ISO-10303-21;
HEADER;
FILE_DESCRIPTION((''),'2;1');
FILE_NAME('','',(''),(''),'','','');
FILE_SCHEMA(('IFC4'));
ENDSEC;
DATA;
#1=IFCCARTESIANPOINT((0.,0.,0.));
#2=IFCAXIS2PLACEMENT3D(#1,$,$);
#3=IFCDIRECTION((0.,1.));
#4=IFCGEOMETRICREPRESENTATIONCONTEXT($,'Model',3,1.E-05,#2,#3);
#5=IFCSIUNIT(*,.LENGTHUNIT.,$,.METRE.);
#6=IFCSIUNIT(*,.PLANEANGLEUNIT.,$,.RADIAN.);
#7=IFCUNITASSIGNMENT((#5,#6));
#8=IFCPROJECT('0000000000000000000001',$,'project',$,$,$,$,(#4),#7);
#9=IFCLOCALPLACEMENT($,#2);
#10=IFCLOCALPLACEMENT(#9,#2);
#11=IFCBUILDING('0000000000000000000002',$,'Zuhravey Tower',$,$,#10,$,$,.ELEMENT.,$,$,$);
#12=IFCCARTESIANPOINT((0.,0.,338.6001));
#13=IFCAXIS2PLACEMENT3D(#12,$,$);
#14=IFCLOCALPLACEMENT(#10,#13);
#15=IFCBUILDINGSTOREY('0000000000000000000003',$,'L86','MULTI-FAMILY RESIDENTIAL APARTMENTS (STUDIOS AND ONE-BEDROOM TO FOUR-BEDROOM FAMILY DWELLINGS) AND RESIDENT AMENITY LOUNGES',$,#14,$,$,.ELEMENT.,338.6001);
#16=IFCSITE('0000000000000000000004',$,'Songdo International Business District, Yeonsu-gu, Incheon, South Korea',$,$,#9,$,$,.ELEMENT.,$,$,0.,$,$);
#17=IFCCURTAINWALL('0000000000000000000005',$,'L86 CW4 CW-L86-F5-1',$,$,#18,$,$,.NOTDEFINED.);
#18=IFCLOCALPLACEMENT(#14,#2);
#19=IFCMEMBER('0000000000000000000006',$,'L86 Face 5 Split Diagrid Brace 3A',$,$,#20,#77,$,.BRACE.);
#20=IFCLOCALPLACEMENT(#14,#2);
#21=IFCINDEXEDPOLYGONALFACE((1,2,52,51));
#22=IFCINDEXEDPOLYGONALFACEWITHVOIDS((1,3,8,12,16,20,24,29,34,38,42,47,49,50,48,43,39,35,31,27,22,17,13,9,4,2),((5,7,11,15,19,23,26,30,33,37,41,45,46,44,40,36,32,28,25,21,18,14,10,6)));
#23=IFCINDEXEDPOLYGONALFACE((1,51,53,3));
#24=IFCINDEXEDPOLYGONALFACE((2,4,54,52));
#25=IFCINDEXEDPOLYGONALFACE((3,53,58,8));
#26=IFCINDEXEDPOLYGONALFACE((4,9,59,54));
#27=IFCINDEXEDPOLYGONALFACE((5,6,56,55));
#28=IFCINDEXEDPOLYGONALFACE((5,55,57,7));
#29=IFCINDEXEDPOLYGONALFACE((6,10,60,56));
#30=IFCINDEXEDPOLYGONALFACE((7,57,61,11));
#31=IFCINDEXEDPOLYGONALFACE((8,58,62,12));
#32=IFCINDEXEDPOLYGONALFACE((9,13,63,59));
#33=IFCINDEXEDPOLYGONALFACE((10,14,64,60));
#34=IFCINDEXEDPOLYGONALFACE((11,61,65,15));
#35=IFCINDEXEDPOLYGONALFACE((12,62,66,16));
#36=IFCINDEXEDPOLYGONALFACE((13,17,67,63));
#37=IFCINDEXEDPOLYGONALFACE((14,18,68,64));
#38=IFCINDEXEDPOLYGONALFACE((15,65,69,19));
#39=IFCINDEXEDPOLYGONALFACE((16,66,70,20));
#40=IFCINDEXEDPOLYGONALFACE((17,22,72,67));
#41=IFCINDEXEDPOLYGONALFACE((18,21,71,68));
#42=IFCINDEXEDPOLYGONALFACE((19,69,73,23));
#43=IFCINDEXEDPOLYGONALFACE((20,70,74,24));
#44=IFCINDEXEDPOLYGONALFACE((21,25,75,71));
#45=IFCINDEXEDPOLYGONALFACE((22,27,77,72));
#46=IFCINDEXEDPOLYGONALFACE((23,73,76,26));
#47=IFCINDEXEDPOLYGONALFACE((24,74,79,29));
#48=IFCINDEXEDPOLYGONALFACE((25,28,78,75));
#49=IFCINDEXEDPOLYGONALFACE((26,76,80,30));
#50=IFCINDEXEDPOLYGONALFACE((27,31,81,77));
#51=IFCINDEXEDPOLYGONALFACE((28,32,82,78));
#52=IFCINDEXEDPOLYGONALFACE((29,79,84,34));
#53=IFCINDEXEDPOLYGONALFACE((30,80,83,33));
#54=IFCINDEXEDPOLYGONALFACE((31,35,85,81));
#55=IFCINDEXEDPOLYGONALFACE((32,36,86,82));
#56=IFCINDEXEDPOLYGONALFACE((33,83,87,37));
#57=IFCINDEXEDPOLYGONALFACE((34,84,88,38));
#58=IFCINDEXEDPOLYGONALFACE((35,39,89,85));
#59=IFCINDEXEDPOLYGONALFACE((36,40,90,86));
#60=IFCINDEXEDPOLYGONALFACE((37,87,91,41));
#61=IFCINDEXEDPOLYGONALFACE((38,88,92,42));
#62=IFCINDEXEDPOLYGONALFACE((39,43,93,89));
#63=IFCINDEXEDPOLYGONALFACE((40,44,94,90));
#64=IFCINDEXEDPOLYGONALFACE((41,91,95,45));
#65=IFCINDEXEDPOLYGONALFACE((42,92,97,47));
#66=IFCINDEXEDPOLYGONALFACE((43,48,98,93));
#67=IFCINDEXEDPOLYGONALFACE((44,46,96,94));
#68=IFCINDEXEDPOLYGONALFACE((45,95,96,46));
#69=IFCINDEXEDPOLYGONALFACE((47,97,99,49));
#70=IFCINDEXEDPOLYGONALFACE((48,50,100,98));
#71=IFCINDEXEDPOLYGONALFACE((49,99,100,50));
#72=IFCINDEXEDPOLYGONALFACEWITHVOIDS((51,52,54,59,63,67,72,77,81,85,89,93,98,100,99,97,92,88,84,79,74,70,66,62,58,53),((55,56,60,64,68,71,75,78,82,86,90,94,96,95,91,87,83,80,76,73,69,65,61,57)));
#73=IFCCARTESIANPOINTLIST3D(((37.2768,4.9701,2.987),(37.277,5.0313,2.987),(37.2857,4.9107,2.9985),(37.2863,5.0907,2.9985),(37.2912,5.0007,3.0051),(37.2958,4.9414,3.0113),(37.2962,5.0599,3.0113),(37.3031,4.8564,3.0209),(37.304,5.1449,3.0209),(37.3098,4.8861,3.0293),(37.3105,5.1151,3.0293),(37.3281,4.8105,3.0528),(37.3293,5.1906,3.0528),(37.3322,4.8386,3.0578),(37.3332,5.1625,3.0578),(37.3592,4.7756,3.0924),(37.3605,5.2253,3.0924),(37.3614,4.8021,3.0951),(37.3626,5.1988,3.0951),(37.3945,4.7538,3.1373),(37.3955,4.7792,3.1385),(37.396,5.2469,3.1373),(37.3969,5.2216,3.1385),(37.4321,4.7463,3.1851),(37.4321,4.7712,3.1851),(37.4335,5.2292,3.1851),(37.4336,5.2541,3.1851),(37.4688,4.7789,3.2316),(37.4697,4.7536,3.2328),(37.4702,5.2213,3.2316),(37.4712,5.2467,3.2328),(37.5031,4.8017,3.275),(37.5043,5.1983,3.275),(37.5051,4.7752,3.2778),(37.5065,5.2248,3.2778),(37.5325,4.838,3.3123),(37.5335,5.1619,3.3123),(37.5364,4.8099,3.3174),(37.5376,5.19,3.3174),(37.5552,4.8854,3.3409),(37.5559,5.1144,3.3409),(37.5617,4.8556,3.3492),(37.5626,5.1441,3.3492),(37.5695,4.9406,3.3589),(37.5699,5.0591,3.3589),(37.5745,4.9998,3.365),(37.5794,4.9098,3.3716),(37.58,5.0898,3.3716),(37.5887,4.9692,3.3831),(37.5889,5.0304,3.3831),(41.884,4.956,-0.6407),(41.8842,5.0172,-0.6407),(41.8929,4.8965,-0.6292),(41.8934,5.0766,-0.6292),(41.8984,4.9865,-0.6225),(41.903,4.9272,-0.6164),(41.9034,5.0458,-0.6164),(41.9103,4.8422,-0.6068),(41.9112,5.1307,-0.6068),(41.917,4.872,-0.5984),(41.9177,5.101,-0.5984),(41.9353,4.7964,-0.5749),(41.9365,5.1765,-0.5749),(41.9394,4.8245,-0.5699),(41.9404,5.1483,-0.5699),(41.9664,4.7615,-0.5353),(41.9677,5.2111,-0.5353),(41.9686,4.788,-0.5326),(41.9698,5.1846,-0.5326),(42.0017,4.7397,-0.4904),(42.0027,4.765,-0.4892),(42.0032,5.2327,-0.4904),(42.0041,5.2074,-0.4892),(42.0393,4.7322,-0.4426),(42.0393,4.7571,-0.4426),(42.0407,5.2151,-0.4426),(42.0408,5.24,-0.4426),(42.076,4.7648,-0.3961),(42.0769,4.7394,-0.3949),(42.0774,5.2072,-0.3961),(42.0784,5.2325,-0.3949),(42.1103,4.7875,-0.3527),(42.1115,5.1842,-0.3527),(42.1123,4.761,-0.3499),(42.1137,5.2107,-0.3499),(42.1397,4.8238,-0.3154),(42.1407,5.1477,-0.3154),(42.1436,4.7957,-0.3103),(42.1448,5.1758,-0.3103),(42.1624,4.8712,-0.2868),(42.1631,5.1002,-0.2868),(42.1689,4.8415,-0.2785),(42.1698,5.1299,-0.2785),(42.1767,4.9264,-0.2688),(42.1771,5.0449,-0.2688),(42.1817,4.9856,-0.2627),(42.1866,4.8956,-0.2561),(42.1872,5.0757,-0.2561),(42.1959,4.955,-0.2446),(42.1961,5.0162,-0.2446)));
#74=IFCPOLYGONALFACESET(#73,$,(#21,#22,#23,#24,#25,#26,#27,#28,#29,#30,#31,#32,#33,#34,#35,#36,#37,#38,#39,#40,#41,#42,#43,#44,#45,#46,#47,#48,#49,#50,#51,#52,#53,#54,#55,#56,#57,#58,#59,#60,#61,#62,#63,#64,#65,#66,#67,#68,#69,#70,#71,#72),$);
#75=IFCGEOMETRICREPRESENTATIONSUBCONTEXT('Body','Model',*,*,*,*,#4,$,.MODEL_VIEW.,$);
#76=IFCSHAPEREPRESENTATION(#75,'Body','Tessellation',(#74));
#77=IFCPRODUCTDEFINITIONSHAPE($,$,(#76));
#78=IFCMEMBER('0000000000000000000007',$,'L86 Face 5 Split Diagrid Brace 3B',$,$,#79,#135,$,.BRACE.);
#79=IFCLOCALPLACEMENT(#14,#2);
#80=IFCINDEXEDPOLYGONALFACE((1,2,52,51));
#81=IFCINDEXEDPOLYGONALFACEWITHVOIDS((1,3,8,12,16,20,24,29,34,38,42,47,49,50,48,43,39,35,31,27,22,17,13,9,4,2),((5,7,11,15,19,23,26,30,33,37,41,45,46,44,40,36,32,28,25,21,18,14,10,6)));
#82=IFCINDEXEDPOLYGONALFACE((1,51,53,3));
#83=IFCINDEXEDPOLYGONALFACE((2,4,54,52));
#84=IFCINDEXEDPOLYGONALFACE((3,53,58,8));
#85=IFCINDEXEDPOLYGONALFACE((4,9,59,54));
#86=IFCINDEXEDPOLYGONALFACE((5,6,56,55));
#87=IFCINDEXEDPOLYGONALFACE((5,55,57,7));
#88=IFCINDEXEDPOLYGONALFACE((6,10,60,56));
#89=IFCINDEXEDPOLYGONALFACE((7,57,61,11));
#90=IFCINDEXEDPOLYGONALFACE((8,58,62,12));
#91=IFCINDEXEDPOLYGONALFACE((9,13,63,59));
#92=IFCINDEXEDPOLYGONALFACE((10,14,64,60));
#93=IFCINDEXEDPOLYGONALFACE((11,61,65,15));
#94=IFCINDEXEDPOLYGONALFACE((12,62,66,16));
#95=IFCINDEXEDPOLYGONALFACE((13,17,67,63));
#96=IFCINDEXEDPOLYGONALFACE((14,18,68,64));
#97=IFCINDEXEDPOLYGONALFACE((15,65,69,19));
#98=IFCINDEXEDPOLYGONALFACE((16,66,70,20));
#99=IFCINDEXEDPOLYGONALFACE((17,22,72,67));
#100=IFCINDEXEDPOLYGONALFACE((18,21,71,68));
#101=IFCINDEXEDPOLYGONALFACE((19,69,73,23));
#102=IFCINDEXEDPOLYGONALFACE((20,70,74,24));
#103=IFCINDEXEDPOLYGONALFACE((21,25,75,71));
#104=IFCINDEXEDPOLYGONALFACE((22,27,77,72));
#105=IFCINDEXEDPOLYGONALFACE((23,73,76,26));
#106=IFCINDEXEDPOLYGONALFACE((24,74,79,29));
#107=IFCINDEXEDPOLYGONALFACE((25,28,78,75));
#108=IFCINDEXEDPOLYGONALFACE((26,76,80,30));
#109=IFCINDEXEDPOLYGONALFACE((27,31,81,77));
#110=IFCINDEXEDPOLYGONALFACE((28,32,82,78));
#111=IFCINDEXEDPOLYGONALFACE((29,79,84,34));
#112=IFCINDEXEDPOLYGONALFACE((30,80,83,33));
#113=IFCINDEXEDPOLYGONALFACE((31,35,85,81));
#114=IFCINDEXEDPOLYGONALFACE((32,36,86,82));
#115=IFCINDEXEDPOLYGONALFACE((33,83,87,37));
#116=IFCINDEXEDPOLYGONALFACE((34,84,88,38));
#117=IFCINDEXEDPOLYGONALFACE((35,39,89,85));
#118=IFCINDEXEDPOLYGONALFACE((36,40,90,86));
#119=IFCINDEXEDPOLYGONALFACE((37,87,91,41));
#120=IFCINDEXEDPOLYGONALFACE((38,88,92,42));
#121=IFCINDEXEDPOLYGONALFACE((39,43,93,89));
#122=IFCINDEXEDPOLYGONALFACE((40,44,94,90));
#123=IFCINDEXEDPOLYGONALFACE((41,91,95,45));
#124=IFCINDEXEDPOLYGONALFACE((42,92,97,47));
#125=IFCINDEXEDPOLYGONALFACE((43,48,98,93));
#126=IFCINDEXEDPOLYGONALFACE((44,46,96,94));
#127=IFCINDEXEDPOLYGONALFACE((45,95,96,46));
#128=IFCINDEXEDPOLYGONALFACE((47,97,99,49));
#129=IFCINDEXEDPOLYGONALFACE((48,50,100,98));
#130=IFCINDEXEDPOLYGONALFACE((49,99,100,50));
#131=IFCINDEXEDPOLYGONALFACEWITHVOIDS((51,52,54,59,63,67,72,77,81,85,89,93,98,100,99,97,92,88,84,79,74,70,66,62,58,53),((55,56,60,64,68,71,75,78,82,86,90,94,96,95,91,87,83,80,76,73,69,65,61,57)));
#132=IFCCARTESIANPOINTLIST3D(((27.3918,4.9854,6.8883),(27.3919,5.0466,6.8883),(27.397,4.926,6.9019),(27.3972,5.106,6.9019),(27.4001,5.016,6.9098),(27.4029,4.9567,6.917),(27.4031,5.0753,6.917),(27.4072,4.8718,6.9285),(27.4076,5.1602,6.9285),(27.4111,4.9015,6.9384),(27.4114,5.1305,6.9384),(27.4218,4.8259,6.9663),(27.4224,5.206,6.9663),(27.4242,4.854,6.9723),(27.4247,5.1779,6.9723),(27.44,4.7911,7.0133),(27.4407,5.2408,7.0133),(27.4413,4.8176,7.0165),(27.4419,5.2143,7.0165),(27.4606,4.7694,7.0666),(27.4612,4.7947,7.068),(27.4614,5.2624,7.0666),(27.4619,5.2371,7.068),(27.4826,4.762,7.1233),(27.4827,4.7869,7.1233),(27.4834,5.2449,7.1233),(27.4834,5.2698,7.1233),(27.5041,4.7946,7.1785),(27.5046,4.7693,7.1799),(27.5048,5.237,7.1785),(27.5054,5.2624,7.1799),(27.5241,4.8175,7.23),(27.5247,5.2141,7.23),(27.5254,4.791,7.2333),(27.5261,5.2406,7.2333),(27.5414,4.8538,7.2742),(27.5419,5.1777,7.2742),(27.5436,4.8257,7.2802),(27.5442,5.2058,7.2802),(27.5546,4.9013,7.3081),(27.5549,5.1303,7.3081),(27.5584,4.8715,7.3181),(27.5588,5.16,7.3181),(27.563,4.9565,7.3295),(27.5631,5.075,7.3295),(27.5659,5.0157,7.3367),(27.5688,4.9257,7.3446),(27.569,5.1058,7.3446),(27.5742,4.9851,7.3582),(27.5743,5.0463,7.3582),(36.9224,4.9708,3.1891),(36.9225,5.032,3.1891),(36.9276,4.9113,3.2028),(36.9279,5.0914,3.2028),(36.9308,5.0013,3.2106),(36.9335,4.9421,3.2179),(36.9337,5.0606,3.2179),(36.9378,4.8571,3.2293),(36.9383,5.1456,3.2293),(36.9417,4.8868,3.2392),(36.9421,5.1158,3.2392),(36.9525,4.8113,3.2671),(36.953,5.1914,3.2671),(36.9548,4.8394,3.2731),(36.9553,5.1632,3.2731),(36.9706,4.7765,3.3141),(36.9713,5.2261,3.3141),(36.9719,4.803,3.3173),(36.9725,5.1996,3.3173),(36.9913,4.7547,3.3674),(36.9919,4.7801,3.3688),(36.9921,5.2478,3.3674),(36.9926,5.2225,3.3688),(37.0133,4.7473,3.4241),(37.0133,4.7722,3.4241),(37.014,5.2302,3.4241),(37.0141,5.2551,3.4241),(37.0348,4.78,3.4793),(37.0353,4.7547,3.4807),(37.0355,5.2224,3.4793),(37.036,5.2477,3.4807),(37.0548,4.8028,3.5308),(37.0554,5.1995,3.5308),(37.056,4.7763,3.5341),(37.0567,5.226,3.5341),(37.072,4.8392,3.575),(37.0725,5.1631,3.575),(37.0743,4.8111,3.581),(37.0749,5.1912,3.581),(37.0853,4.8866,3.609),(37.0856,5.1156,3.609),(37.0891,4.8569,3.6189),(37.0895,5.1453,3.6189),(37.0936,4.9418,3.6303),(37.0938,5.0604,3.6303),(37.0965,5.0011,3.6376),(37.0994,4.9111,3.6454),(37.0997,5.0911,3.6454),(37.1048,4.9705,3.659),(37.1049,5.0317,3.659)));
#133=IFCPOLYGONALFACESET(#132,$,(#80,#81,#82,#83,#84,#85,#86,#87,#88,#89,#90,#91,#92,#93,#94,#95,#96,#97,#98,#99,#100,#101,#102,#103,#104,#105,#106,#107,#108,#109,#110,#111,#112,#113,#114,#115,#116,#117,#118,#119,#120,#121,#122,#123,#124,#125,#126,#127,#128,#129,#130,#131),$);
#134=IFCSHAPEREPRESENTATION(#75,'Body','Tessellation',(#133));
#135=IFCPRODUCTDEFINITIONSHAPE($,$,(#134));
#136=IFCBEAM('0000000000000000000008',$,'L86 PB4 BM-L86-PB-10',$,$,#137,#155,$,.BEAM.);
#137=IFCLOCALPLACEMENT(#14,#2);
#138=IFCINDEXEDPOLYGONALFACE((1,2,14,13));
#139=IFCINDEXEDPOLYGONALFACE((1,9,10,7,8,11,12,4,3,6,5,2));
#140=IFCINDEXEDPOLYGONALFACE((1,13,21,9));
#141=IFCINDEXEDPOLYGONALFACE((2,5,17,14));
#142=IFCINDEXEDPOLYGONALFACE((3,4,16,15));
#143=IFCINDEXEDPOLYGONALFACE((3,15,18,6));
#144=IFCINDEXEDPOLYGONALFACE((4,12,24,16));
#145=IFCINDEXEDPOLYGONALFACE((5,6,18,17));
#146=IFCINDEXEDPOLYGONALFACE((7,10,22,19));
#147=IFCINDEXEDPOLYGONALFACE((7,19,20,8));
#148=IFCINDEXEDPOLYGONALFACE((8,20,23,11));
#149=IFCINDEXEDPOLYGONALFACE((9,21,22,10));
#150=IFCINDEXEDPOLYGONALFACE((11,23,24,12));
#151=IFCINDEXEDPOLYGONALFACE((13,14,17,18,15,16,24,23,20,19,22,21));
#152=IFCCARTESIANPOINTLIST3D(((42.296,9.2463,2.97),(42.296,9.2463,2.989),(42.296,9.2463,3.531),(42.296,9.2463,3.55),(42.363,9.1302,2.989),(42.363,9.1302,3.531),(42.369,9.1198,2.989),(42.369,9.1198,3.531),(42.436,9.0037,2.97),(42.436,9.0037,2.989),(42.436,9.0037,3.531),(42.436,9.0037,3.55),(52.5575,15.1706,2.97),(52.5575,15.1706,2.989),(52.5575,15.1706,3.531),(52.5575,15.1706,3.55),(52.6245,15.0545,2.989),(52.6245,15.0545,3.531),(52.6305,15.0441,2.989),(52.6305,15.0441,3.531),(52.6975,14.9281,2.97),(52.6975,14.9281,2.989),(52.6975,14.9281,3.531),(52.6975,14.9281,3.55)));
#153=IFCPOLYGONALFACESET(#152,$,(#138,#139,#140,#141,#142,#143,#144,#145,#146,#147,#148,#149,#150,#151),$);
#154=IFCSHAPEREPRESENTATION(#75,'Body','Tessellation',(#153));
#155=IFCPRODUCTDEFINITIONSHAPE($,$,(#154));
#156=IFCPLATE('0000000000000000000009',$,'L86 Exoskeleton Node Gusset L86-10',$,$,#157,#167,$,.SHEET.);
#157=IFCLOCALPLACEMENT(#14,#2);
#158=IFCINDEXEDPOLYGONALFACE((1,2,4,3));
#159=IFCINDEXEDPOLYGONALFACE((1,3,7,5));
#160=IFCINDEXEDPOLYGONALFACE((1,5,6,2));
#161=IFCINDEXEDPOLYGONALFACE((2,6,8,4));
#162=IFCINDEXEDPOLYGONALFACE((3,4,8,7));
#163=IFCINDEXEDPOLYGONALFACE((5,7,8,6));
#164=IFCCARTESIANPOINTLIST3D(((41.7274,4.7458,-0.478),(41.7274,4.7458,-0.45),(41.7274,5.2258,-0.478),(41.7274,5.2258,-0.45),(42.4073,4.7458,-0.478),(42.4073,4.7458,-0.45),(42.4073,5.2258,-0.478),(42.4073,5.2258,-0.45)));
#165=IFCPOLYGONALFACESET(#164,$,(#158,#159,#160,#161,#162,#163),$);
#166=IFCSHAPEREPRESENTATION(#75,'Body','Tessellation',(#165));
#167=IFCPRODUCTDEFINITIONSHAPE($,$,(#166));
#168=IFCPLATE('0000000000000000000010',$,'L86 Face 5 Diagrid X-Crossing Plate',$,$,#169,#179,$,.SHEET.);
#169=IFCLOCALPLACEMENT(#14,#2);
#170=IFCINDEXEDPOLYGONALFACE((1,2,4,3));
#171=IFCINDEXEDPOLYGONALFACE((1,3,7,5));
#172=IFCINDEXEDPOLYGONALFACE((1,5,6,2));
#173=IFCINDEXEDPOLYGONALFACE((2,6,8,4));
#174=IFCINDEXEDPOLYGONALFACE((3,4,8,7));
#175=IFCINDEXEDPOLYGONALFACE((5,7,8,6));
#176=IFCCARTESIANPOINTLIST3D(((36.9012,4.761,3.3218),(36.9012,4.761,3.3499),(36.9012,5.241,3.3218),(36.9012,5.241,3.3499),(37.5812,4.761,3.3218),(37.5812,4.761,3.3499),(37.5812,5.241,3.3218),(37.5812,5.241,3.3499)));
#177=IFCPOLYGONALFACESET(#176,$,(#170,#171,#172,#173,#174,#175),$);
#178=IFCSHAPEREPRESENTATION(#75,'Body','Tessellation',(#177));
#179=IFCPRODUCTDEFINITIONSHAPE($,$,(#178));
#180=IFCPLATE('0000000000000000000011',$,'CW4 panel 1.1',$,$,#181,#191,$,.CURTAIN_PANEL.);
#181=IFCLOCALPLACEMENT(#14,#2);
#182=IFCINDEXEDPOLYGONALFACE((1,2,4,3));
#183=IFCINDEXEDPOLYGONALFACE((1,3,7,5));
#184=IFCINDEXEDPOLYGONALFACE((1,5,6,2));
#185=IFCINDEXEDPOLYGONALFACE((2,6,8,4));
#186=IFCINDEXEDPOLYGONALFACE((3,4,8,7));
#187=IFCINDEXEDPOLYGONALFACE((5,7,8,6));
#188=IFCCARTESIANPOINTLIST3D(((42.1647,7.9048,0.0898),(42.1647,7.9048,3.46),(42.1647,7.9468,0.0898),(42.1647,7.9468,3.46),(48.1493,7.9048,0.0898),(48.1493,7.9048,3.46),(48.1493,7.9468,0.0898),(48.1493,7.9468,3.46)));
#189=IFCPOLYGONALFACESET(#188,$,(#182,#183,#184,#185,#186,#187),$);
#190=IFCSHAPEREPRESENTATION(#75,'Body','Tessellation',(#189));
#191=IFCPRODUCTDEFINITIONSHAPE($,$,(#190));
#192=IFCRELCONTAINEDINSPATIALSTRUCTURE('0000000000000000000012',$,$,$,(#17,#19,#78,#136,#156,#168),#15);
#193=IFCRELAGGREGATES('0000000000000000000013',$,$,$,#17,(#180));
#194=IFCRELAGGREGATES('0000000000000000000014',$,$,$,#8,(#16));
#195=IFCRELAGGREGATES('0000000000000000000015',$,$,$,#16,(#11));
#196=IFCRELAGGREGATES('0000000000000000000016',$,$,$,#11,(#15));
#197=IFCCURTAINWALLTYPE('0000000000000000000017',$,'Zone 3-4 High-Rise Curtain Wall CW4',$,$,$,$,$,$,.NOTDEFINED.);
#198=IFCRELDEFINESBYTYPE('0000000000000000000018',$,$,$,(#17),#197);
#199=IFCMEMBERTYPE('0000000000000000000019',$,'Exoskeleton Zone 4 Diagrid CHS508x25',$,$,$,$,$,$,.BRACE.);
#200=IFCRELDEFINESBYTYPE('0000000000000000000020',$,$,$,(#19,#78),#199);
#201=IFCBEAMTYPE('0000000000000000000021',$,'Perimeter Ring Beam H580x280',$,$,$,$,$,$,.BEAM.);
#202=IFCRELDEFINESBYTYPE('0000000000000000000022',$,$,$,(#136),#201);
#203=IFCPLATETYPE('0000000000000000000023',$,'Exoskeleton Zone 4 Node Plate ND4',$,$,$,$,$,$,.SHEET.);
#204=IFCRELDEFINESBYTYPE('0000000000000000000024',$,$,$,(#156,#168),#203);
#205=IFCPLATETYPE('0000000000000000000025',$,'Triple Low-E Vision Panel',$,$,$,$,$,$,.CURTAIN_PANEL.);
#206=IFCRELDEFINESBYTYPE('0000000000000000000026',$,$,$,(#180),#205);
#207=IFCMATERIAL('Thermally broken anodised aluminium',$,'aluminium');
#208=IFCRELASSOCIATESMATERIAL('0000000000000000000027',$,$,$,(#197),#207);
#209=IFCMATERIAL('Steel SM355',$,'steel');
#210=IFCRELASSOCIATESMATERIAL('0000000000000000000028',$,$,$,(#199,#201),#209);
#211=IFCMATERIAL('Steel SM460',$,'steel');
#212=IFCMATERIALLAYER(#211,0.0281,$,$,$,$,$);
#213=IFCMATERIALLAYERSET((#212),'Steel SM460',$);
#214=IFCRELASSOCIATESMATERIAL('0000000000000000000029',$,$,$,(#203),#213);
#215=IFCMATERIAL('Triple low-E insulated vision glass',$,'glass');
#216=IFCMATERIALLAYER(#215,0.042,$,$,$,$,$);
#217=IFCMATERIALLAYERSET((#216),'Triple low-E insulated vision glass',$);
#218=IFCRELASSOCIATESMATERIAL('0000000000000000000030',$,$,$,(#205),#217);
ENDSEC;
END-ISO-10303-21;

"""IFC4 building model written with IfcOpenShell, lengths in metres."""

from ifc_helpers import new_model, si_unit, direction, frame, origin, origin_2d, place, context, subcontext, project, spatial, rectangle, hollow_circle, i_section, extrude, material, layer, layer_set, material_profile, profile_set, type_object, element, aggregate, save


model = new_model("IFC4")

# Units and contexts
model_context = context("Model", 3, precision=1e-05, world=origin(), true_north=direction((0.0, 1.0)))
body_context = subcontext(model_context, "Body", "Model", "MODEL_VIEW")
ifc_project = project(units=[si_unit("LENGTHUNIT", "METRE"), si_unit("PLANEANGLEUNIT", "RADIAN")], contexts=[model_context])

# Site, building, storey
site_placement = place(None, origin())
site = spatial("IfcSite", under=ifc_project, at=site_placement, Name="Songdo International Business District, Yeonsu-gu, Incheon, South Korea", CompositionType="ELEMENT", RefElevation=0.0)
building_placement = place(site_placement, origin())
building = spatial("IfcBuilding", under=site, at=building_placement, Name="Zuhravey Tower", CompositionType="ELEMENT")
storey_placement = place(building_placement, frame((0.0, 0.0, 338.6001)))
storey = spatial("IfcBuildingStorey", under=building, at=storey_placement, Name="L86", Description="MULTI-FAMILY RESIDENTIAL APARTMENTS (STUDIOS AND ONE-BEDROOM TO FOUR-BEDROOM FAMILY DWELLINGS) AND RESIDENT AMENITY LOUNGES", CompositionType="ELEMENT", Elevation=338.6001)

# Curtain wall
ifc_material_1 = material(Name="Thermally broken anodised aluminium", Category="aluminium")
curtain_wall_type = type_object("IfcCurtainWallType", Name="Zone 3-4 High-Rise Curtain Wall CW4", PredefinedType="NOTDEFINED", material=ifc_material_1)
curtain_wall_placement = place(storey_placement, origin())
curtain_wall = element("IfcCurtainWall", 1, at=curtain_wall_placement, inside=storey, type_object=curtain_wall_type, Name="L86 CW4 CW-L86-F5-1", PredefinedType="NOTDEFINED")

# Members
ifc_material_2 = material(Name="Steel SM355", Category="steel")
ifc_material_profile_1 = material_profile(ifc_material_2, hollow_circle(Radius=0.2539, WallThickness=0.0249, at=origin_2d()), Name="CHS-508.0x25")
ifc_profile_set_1 = profile_set([ifc_material_profile_1], Name="Steel SM355")
member_type_1 = type_object("IfcMemberType", Name="Exoskeleton Zone 4 Diagrid CHS508x25", PredefinedType="BRACE", material=ifc_profile_set_1)
member_1_placement = place(storey_placement, frame((42.04, 4.9861, -0.4426), z_axis=(-0.785673, 0.002415, 0.618638), x_axis=(-0.003073, -0.999995, 0.0)))
element("IfcMember", 2, at=member_1_placement, inside=storey, type_object=member_type_1, Name="L86 Face 5 Split Diagrid Brace 3A", PredefinedType="BRACE", context=body_context, shape_type="SweptSolid", body=[
    extrude(hollow_circle(Radius=0.2539, WallThickness=0.0249, at=origin_2d()), origin(), (0.0, 0.0, 1.0), 5.864),
])
member_2_placement = place(storey_placement, frame((37.0137, 5.0012, 3.4241), z_axis=(-0.932241, 0.001433, 0.361835), x_axis=(-0.001537, -0.999999, 0.0)))
element("IfcMember", 3, at=member_2_placement, inside=storey, type_object=member_type_1, Name="L86 Face 5 Split Diagrid Brace 3B", PredefinedType="BRACE", context=body_context, shape_type="SweptSolid", body=[
    extrude(hollow_circle(Radius=0.2539, WallThickness=0.0249, at=origin_2d()), origin(), (0.0, 0.0, 1.0), 10.2234),
])

# Beam
ifc_material_profile_2 = material_profile(ifc_material_2, i_section(OverallWidth=0.28, OverallDepth=0.5801, WebThickness=0.012, FlangeThickness=0.019, at=origin_2d()), Name="H-580x280x12x19")
ifc_profile_set_2 = profile_set([ifc_material_profile_2], Name="Steel SM355")
beam_type = type_object("IfcBeamType", Name="Perimeter Ring Beam H580x280", PredefinedType="BEAM", material=ifc_profile_set_2)
beam_placement = place(storey_placement, frame((42.366, 9.125, 3.26), z_axis=(0.866031, 0.499991, 0.0), x_axis=(-0.499991, 0.866031, 0.0)))
element("IfcBeam", 4, at=beam_placement, inside=storey, type_object=beam_type, Name="L86 PB4 BM-L86-PB-10", PredefinedType="BEAM", context=body_context, shape_type="SweptSolid", body=[
    extrude(i_section(OverallWidth=0.28, OverallDepth=0.5801, WebThickness=0.012, FlangeThickness=0.019, at=origin_2d()), origin(), (0.0, 0.0, 1.0), 11.8489),
])

# Plates
ifc_material_3 = material(Name="Steel SM460", Category="steel")
ifc_layer_1 = layer(ifc_material_3, 0.0281)
ifc_layer_set_1 = layer_set([ifc_layer_1], Name="Steel SM460")
plate_type_1 = type_object("IfcPlateType", Name="Exoskeleton Zone 4 Node Plate ND4", PredefinedType="SHEET", material=ifc_layer_set_1)
for number, where, z_axis, x_axis, name in (
    (5, (42.0674, 4.9858, -0.478), (0.0, 0.0, 1.0), (1.0, 0.0, 0.0), "L86 Exoskeleton Node Gusset L86-10"),
    (6, (37.2412, 5.001, 3.3218), (0.0, 0.0, 1.0), (1.0, 0.0, 0.0), "L86 Face 5 Diagrid X-Crossing Plate"),
):
    element("IfcPlate", number, at=place(storey_placement, frame(where, z_axis=z_axis, x_axis=x_axis)), inside=storey, type_object=plate_type_1, Name=name, PredefinedType="SHEET", context=body_context, shape_type="SweptSolid", body=[
        extrude(rectangle(XDim=0.6799, YDim=0.48, at=origin_2d()), origin(), (0.0, 0.0, 1.0), 0.0281),
    ])

# Plate
ifc_material_4 = material(Name="Triple low-E insulated vision glass", Category="glass")
ifc_layer_2 = layer(ifc_material_4, 0.042)
ifc_layer_set_2 = layer_set([ifc_layer_2], Name="Triple low-E insulated vision glass")
plate_type_2 = type_object("IfcPlateType", Name="Triple Low-E Vision Panel", PredefinedType="CURTAIN_PANEL", material=ifc_layer_set_2)
plate_1_placement = place(storey_placement, frame((45.157, 7.9258, 0.0898), z_axis=(0.0, 0.0, 1.0), x_axis=(-1.0, 0.0, 0.0)))
plate_1 = element("IfcPlate", 7, at=plate_1_placement, type_object=plate_type_2, Name="CW4 panel 1.1", PredefinedType="CURTAIN_PANEL", context=body_context, shape_type="SweptSolid", body=[
    extrude(rectangle(XDim=5.9846, YDim=0.042, at=origin_2d()), origin(), (0.0, 0.0, 1.0), 3.3701),
])
aggregate(curtain_wall, [plate_1])

save(model, "model.ifc")
